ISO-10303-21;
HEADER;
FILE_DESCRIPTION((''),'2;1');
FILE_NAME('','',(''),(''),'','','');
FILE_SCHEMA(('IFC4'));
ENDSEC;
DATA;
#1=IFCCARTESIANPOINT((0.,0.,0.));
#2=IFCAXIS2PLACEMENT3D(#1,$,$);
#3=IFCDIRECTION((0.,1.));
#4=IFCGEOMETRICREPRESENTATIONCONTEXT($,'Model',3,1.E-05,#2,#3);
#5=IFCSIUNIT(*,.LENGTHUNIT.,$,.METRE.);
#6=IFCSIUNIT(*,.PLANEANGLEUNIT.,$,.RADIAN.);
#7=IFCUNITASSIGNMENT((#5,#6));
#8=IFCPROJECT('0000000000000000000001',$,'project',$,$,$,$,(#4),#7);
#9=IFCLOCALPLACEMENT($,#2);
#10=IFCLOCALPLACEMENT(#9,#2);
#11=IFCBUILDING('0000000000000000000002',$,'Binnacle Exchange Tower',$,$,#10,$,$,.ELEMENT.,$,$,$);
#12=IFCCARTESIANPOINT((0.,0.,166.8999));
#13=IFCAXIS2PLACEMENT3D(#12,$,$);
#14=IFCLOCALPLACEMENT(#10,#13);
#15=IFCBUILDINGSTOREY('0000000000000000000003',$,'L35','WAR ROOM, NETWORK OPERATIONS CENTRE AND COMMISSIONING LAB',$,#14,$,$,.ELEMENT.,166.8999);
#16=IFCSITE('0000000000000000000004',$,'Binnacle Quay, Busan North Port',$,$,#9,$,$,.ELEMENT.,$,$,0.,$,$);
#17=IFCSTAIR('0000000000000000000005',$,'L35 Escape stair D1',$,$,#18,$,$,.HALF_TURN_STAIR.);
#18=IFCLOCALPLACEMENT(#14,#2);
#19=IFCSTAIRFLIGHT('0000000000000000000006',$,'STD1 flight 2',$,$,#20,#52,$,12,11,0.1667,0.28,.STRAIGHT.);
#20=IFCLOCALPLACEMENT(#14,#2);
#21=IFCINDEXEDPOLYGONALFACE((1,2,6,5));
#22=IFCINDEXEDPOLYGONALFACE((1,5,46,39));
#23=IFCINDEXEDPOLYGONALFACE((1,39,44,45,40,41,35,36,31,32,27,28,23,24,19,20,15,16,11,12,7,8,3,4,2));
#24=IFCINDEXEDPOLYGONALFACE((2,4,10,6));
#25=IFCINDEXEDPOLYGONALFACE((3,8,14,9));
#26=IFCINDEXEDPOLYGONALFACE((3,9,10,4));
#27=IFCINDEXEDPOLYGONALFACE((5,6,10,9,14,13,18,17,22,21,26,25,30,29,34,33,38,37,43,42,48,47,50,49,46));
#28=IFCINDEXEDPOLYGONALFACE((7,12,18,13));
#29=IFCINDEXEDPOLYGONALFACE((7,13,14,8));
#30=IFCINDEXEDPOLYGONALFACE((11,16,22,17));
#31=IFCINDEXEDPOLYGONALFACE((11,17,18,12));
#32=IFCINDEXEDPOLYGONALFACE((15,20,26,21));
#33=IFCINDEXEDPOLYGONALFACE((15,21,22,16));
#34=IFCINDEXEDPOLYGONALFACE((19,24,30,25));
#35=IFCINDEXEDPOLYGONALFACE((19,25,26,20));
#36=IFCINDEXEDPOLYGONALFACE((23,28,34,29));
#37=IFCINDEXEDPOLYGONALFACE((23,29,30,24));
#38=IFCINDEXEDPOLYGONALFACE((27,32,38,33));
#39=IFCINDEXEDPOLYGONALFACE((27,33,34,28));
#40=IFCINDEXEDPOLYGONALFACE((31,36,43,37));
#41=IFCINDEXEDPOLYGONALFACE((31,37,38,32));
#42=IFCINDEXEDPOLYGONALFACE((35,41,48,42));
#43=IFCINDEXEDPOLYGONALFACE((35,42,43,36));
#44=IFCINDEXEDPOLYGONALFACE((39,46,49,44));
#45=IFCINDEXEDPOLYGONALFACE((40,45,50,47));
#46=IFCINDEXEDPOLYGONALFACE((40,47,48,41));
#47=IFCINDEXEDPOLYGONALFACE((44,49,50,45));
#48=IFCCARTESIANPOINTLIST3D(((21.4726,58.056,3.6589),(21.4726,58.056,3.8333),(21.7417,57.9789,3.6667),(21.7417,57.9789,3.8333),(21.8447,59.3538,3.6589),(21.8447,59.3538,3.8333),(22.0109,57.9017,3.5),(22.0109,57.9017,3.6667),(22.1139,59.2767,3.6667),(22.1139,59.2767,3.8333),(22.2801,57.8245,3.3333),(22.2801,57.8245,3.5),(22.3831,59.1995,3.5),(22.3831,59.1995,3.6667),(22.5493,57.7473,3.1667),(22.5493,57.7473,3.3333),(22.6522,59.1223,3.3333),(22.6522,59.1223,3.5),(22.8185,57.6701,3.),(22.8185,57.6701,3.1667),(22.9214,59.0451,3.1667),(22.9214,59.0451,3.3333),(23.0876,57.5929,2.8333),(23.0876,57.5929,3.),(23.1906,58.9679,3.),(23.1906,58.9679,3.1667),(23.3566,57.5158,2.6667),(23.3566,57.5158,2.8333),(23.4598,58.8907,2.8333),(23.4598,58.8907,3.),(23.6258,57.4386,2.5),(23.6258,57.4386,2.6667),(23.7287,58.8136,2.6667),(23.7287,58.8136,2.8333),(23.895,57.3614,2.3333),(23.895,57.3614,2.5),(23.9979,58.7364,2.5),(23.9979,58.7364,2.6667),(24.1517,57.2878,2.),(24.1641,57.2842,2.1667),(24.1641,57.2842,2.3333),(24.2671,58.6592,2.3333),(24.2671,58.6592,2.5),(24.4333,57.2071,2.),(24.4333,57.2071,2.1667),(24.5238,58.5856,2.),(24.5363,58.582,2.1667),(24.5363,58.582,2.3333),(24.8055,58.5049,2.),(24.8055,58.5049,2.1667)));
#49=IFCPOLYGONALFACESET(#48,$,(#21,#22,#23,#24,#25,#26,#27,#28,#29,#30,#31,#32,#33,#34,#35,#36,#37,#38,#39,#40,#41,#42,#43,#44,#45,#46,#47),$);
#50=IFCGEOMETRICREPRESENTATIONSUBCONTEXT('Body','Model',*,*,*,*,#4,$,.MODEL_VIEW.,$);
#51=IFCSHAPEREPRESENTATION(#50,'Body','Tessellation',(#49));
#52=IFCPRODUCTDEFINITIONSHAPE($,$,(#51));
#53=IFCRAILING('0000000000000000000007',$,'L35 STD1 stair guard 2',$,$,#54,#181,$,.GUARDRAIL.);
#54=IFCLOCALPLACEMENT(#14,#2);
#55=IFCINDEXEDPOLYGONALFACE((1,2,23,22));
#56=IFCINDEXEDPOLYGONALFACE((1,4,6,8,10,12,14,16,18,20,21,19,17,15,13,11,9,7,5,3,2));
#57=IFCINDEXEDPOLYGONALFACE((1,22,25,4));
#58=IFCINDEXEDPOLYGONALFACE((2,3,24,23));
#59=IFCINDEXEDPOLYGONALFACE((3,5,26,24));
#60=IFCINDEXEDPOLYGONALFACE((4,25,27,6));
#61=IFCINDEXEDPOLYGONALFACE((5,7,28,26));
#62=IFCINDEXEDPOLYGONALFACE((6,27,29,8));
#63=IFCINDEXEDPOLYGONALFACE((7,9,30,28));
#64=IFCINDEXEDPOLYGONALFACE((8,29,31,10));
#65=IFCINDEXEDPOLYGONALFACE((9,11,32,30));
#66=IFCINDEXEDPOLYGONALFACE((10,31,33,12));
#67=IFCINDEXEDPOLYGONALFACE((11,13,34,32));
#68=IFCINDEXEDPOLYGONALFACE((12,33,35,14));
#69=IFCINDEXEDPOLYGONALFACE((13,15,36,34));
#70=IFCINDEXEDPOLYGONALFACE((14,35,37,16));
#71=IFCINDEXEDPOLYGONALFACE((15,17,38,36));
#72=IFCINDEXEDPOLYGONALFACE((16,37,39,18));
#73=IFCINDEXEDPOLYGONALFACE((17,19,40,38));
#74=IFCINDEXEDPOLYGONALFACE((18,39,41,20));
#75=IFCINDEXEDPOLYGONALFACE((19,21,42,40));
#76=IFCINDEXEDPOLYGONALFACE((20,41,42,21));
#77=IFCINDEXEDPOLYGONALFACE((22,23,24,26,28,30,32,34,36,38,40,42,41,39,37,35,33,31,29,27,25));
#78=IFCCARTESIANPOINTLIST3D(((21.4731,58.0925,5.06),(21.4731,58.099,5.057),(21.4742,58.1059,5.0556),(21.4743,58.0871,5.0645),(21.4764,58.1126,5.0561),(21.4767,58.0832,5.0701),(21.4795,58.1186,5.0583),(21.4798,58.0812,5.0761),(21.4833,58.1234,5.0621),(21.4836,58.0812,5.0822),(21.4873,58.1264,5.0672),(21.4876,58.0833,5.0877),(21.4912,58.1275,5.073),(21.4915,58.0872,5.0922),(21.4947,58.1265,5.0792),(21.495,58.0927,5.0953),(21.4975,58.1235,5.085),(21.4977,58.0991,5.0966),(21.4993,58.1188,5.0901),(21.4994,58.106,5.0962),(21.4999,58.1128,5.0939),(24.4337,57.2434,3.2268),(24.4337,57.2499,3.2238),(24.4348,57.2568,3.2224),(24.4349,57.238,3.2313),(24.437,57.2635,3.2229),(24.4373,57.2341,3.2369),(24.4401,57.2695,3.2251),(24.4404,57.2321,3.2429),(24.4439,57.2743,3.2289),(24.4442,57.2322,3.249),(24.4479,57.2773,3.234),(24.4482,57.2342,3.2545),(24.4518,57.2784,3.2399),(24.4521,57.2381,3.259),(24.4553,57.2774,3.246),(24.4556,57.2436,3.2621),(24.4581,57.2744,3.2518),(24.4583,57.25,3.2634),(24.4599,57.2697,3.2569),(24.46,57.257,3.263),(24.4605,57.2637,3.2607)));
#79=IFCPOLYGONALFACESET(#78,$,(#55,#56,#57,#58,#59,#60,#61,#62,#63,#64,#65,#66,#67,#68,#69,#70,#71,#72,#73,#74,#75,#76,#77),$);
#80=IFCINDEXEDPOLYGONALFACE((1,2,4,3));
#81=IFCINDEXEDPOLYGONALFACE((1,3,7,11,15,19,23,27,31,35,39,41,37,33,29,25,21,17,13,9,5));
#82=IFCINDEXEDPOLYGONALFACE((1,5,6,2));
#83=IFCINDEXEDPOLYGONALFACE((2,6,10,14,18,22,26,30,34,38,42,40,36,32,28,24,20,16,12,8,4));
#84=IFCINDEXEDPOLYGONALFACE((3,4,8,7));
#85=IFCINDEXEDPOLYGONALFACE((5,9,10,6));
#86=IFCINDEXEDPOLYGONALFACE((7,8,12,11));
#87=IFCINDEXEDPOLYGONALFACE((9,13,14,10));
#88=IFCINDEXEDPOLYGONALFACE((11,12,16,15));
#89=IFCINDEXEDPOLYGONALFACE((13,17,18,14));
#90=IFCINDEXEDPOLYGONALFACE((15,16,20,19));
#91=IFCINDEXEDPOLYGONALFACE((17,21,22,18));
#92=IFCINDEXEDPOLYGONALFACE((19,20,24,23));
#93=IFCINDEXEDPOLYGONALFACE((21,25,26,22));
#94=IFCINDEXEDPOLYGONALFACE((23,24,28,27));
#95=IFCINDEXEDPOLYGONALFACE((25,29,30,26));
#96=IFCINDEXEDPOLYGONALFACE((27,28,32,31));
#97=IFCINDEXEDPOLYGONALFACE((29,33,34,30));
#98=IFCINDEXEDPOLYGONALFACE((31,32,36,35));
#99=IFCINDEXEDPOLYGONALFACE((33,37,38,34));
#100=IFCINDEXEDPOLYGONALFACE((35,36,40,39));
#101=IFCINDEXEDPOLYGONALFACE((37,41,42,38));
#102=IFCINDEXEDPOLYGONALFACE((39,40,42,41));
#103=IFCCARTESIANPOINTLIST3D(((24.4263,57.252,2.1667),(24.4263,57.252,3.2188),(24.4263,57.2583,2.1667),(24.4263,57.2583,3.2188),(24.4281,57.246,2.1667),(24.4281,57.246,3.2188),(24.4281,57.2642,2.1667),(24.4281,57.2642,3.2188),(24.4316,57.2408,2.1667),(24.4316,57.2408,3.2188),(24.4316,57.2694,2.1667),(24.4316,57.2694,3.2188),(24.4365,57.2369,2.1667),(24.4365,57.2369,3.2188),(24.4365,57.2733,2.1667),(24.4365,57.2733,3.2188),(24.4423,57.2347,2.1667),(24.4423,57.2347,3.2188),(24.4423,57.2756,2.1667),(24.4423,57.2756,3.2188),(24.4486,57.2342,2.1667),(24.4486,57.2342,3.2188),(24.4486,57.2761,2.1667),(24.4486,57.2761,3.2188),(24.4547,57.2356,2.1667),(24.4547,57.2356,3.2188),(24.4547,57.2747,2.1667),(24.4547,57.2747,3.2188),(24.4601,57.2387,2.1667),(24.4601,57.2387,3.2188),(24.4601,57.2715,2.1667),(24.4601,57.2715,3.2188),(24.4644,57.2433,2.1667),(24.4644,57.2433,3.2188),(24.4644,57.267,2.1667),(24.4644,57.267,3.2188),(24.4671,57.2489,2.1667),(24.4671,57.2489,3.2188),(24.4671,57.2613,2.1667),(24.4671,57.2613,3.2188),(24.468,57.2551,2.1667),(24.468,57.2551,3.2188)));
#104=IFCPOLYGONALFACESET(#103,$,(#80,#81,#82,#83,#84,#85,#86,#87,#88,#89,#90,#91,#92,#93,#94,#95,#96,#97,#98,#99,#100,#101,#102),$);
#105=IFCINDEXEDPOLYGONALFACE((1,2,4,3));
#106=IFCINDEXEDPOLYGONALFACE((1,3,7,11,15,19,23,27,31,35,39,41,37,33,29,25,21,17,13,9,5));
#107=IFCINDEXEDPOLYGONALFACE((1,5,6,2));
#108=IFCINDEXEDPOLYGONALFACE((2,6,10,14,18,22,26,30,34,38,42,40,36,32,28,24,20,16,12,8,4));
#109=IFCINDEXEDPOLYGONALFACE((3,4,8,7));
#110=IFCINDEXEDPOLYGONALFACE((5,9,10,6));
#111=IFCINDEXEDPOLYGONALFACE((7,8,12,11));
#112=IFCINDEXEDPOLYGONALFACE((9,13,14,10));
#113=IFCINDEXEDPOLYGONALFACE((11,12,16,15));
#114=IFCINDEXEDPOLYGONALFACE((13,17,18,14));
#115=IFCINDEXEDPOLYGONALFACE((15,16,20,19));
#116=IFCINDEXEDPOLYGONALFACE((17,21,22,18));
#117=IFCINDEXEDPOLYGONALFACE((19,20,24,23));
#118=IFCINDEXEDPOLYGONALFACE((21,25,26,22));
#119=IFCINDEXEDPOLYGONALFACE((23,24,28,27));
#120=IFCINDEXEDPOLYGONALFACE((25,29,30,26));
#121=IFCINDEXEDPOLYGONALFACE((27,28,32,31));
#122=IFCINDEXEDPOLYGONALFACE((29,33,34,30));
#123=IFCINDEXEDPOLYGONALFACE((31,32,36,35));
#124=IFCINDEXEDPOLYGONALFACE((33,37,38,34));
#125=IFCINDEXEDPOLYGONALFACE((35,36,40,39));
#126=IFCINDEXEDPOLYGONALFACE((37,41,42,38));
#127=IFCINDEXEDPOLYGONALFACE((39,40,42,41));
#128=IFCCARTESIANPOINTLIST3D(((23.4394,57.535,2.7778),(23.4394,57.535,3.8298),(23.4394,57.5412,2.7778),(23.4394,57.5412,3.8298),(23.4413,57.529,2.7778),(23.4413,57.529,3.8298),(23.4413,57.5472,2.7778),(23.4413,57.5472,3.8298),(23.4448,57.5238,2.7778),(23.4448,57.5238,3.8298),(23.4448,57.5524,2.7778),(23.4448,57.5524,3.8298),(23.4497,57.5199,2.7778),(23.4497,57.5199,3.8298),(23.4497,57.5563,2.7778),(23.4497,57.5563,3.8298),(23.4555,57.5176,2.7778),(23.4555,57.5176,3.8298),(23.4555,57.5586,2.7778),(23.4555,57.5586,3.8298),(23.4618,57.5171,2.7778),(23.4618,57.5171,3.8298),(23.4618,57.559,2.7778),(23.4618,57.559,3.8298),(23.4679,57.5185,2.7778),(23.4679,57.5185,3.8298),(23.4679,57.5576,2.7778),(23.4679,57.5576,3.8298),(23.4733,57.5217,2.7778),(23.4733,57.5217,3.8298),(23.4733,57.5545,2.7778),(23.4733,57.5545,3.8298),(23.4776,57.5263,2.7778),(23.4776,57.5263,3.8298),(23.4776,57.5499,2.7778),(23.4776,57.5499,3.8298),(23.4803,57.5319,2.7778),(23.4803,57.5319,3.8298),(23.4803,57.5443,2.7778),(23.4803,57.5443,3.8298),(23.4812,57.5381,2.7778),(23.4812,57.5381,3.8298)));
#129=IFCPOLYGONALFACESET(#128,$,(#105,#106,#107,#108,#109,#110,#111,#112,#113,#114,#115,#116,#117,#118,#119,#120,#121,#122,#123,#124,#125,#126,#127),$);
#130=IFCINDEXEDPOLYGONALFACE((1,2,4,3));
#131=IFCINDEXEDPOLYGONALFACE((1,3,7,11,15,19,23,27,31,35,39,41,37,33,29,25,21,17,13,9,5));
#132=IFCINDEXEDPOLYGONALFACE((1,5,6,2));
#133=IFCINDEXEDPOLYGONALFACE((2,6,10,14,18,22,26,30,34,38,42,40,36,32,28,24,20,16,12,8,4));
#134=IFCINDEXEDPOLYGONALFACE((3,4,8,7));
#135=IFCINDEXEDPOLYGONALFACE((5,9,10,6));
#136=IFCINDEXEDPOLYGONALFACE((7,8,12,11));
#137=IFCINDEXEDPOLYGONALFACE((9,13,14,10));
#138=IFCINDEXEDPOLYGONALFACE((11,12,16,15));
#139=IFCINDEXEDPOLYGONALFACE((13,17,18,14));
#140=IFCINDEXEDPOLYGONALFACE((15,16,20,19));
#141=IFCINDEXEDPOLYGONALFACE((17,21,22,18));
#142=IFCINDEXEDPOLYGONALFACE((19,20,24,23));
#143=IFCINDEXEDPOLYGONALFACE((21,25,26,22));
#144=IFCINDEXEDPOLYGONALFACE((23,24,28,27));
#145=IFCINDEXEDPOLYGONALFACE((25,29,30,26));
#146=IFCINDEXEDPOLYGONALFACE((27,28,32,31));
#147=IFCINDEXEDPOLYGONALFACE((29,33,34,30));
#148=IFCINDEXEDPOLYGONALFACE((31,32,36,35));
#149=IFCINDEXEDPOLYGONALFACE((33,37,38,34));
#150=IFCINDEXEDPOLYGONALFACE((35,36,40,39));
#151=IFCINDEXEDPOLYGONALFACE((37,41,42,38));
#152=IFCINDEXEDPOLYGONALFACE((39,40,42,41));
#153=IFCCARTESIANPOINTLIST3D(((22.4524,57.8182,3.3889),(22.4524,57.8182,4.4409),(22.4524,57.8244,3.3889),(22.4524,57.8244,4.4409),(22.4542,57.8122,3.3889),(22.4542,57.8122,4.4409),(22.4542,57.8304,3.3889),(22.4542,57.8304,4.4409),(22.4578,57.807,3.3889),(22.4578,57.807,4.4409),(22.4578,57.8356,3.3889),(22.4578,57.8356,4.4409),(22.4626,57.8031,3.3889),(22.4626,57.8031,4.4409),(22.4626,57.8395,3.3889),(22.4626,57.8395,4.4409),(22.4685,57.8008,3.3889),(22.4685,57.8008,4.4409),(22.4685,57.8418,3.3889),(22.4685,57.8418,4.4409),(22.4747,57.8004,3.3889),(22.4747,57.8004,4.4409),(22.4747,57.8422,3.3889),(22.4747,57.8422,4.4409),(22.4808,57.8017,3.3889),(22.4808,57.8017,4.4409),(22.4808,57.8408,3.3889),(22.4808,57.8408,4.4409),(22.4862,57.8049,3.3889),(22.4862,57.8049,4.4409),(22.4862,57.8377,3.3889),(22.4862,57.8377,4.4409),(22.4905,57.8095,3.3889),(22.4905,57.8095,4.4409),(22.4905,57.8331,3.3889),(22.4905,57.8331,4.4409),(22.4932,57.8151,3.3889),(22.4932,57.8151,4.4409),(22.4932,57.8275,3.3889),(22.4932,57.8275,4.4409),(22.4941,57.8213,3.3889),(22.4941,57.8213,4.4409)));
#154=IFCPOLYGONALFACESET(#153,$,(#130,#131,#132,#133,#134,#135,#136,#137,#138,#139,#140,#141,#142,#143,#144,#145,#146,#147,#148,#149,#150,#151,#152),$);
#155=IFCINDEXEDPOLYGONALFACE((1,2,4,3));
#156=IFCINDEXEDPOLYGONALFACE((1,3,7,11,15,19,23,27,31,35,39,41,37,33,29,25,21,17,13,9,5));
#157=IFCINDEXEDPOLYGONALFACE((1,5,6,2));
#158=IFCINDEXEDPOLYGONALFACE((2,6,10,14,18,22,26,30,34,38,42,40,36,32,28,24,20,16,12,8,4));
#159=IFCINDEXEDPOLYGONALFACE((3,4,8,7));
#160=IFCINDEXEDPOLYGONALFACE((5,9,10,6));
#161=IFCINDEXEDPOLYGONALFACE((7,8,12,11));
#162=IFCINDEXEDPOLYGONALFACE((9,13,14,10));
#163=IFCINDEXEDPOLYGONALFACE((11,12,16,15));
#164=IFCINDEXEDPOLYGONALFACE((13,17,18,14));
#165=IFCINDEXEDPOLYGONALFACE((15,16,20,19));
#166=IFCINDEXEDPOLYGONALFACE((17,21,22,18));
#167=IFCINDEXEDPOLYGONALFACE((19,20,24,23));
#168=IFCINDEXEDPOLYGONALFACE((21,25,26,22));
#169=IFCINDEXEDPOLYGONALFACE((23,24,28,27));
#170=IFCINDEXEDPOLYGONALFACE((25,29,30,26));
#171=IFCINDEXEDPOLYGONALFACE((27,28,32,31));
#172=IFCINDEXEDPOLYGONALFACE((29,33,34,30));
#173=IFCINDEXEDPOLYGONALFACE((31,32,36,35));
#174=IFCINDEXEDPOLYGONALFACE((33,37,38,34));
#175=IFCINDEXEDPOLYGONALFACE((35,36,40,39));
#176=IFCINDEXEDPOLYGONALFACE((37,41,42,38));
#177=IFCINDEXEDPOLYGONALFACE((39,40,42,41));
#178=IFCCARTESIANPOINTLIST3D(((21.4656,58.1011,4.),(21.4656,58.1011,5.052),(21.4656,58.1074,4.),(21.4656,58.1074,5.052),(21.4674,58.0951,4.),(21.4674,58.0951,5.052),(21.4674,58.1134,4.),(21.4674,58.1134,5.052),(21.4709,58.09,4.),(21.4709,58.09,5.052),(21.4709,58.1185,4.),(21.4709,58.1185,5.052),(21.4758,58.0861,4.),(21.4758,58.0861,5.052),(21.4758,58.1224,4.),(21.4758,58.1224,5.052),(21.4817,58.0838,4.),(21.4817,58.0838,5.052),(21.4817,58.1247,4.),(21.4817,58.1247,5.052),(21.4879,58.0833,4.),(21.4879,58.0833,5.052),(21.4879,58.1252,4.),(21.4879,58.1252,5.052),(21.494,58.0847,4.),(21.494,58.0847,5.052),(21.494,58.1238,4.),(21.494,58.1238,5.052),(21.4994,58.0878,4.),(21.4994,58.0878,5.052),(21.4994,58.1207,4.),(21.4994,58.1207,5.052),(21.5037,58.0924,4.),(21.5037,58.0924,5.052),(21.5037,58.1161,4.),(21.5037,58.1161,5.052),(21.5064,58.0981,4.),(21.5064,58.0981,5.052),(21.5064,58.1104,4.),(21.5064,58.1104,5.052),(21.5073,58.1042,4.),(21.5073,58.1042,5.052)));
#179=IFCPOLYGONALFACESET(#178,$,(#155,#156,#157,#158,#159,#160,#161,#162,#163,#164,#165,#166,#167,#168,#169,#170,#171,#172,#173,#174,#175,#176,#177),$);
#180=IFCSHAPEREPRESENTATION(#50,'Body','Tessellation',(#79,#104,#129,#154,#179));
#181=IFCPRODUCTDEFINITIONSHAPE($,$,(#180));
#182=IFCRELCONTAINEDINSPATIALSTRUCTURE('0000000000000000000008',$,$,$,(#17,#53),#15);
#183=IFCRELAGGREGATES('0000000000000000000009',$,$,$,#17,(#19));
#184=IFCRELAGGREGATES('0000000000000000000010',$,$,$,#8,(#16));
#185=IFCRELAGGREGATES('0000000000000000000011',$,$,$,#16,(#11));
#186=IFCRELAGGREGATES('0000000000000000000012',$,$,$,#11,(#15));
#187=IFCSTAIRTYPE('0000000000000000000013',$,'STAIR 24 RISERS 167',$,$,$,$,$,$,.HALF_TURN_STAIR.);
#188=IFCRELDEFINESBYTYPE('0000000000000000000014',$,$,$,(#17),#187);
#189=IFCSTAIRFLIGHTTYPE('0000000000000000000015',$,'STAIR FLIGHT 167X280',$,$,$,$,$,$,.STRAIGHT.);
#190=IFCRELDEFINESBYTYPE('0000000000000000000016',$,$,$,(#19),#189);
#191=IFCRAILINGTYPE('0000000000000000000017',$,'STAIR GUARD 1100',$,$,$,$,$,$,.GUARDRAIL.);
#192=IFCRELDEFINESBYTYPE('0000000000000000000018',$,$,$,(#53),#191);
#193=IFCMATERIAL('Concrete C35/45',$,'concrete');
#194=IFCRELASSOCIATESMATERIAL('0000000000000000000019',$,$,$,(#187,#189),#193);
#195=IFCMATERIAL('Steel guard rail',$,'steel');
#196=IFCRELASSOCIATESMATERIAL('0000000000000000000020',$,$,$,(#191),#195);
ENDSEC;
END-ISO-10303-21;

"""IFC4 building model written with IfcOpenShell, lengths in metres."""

from ifc_helpers import new_model, si_unit, direction, frame, origin, origin_2d, place, context, subcontext, project, spatial, polyline, circle, outline, extrude, material, type_object, element, aggregate, save


model = new_model("IFC4")

# Units and contexts
model_context = context("Model", 3, precision=1e-05, world=origin(), true_north=direction((0.0, 1.0)))
body_context = subcontext(model_context, "Body", "Model", "MODEL_VIEW")
ifc_project = project(units=[si_unit("LENGTHUNIT", "METRE"), si_unit("PLANEANGLEUNIT", "RADIAN")], contexts=[model_context])

# Site, building, storey
site_placement = place(None, origin())
site = spatial("IfcSite", under=ifc_project, at=site_placement, Name="Binnacle Quay, Busan North Port", CompositionType="ELEMENT", RefElevation=0.0)
building_placement = place(site_placement, origin())
building = spatial("IfcBuilding", under=site, at=building_placement, Name="Binnacle Exchange Tower", CompositionType="ELEMENT")
storey_placement = place(building_placement, frame((0.0, 0.0, 166.8999)))
storey = spatial("IfcBuildingStorey", under=building, at=storey_placement, Name="L35", Description="WAR ROOM, NETWORK OPERATIONS CENTRE AND COMMISSIONING LAB", CompositionType="ELEMENT", Elevation=166.8999)

# Stair, stair flight
ifc_material_1 = material(Name="Concrete C35/45", Category="concrete")
stair_type = type_object("IfcStairType", Name="STAIR 24 RISERS 167", PredefinedType="HALF_TURN_STAIR", material=ifc_material_1)
stair_placement = place(storey_placement, origin())
stair = element("IfcStair", 1, at=stair_placement, inside=storey, type_object=stair_type, Name="L35 Escape stair D1", PredefinedType="HALF_TURN_STAIR")
stair_flight_type = type_object("IfcStairFlightType", Name="STAIR FLIGHT 167X280", PredefinedType="STRAIGHT", material=ifc_material_1)
stair_flight_1_placement = place(storey_placement, frame((24.6194, 57.856, 2.0), z_axis=(0.0, 0.0, 1.0), x_axis=(-0.961262, 0.275637, 0.0)))
stair_flight_1 = element("IfcStairFlight", 2, at=stair_flight_1_placement, type_object=stair_flight_type, Name="STD1 flight 2", NumberOfRisers=12, NumberOfTreads=11, PredefinedType="STRAIGHT", RiserHeight=0.1667, TreadLength=0.28, context=body_context, shape_type="SweptSolid", body=[
    extrude(outline(polyline([(0.0, 0.0), (0.0, 0.1667), (0.28, 0.1667), (0.28, 0.3333), (0.5601, 0.3333), (0.5601, 0.5), (0.8401, 0.5), (0.8401, 0.6667), (1.1201, 0.6667), (1.1201, 0.8333), (1.3999, 0.8333), (1.3999, 1.0), (1.6799, 1.0), (1.6799, 1.1667), (1.96, 1.1667), (1.96, 1.3333), (2.24, 1.3333), (2.24, 1.5), (2.52, 1.5), (2.52, 1.6667), (2.8, 1.6667), (2.8, 1.8333), (3.0801, 1.8333), (3.0801, 2.0), (3.0801, 1.6589), (0.293, 0.0), (0.0, 0.0)])), frame((0.0, 0.675, 0.0), z_axis=(0.0, -1.0, 0.0), x_axis=(1.0, 0.0, 0.0)), (0.0, 0.0, 1.0), 1.3501),
])
aggregate(stair, [stair_flight_1])

# Railing
ifc_material_2 = material(Name="Steel guard rail", Category="steel")
railing_type_1 = type_object("IfcRailingType", Name="STAIR GUARD 1100", PredefinedType="GUARDRAIL", material=ifc_material_2)
railing_1_placement = place(storey_placement, frame((24.447, 57.2551, 2.1667)))
element("IfcRailing", 3, at=railing_1_placement, inside=storey, type_object=railing_type_1, Name="L35 STD1 stair guard 2", PredefinedType="GUARDRAIL", context=body_context, shape_type="SweptSolid", body=[
    extrude(circle(Radius=0.0239, at=origin_2d()), frame((0.0, 0.0, 1.0762), z_axis=(-0.826007, 0.236897, 0.511461), x_axis=(-0.275684, -0.961248, 0.0)), (0.0, 0.0, 1.0), 3.5842),
    extrude(circle(Radius=0.021, at=origin_2d()), origin(), (0.0, 0.0, 1.0), 1.052),
    extrude(circle(Radius=0.021, at=origin_2d()), frame((-0.9868, 0.283, 0.6111)), (0.0, 0.0, 1.0), 1.052),
    extrude(circle(Radius=0.021, at=origin_2d()), frame((-1.9739, 0.5662, 1.2222)), (0.0, 0.0, 1.0), 1.052),
    extrude(circle(Radius=0.021, at=origin_2d()), frame((-2.9607, 0.8491, 1.8333)), (0.0, 0.0, 1.0), 1.052),
])

save(model, "model.ifc")
